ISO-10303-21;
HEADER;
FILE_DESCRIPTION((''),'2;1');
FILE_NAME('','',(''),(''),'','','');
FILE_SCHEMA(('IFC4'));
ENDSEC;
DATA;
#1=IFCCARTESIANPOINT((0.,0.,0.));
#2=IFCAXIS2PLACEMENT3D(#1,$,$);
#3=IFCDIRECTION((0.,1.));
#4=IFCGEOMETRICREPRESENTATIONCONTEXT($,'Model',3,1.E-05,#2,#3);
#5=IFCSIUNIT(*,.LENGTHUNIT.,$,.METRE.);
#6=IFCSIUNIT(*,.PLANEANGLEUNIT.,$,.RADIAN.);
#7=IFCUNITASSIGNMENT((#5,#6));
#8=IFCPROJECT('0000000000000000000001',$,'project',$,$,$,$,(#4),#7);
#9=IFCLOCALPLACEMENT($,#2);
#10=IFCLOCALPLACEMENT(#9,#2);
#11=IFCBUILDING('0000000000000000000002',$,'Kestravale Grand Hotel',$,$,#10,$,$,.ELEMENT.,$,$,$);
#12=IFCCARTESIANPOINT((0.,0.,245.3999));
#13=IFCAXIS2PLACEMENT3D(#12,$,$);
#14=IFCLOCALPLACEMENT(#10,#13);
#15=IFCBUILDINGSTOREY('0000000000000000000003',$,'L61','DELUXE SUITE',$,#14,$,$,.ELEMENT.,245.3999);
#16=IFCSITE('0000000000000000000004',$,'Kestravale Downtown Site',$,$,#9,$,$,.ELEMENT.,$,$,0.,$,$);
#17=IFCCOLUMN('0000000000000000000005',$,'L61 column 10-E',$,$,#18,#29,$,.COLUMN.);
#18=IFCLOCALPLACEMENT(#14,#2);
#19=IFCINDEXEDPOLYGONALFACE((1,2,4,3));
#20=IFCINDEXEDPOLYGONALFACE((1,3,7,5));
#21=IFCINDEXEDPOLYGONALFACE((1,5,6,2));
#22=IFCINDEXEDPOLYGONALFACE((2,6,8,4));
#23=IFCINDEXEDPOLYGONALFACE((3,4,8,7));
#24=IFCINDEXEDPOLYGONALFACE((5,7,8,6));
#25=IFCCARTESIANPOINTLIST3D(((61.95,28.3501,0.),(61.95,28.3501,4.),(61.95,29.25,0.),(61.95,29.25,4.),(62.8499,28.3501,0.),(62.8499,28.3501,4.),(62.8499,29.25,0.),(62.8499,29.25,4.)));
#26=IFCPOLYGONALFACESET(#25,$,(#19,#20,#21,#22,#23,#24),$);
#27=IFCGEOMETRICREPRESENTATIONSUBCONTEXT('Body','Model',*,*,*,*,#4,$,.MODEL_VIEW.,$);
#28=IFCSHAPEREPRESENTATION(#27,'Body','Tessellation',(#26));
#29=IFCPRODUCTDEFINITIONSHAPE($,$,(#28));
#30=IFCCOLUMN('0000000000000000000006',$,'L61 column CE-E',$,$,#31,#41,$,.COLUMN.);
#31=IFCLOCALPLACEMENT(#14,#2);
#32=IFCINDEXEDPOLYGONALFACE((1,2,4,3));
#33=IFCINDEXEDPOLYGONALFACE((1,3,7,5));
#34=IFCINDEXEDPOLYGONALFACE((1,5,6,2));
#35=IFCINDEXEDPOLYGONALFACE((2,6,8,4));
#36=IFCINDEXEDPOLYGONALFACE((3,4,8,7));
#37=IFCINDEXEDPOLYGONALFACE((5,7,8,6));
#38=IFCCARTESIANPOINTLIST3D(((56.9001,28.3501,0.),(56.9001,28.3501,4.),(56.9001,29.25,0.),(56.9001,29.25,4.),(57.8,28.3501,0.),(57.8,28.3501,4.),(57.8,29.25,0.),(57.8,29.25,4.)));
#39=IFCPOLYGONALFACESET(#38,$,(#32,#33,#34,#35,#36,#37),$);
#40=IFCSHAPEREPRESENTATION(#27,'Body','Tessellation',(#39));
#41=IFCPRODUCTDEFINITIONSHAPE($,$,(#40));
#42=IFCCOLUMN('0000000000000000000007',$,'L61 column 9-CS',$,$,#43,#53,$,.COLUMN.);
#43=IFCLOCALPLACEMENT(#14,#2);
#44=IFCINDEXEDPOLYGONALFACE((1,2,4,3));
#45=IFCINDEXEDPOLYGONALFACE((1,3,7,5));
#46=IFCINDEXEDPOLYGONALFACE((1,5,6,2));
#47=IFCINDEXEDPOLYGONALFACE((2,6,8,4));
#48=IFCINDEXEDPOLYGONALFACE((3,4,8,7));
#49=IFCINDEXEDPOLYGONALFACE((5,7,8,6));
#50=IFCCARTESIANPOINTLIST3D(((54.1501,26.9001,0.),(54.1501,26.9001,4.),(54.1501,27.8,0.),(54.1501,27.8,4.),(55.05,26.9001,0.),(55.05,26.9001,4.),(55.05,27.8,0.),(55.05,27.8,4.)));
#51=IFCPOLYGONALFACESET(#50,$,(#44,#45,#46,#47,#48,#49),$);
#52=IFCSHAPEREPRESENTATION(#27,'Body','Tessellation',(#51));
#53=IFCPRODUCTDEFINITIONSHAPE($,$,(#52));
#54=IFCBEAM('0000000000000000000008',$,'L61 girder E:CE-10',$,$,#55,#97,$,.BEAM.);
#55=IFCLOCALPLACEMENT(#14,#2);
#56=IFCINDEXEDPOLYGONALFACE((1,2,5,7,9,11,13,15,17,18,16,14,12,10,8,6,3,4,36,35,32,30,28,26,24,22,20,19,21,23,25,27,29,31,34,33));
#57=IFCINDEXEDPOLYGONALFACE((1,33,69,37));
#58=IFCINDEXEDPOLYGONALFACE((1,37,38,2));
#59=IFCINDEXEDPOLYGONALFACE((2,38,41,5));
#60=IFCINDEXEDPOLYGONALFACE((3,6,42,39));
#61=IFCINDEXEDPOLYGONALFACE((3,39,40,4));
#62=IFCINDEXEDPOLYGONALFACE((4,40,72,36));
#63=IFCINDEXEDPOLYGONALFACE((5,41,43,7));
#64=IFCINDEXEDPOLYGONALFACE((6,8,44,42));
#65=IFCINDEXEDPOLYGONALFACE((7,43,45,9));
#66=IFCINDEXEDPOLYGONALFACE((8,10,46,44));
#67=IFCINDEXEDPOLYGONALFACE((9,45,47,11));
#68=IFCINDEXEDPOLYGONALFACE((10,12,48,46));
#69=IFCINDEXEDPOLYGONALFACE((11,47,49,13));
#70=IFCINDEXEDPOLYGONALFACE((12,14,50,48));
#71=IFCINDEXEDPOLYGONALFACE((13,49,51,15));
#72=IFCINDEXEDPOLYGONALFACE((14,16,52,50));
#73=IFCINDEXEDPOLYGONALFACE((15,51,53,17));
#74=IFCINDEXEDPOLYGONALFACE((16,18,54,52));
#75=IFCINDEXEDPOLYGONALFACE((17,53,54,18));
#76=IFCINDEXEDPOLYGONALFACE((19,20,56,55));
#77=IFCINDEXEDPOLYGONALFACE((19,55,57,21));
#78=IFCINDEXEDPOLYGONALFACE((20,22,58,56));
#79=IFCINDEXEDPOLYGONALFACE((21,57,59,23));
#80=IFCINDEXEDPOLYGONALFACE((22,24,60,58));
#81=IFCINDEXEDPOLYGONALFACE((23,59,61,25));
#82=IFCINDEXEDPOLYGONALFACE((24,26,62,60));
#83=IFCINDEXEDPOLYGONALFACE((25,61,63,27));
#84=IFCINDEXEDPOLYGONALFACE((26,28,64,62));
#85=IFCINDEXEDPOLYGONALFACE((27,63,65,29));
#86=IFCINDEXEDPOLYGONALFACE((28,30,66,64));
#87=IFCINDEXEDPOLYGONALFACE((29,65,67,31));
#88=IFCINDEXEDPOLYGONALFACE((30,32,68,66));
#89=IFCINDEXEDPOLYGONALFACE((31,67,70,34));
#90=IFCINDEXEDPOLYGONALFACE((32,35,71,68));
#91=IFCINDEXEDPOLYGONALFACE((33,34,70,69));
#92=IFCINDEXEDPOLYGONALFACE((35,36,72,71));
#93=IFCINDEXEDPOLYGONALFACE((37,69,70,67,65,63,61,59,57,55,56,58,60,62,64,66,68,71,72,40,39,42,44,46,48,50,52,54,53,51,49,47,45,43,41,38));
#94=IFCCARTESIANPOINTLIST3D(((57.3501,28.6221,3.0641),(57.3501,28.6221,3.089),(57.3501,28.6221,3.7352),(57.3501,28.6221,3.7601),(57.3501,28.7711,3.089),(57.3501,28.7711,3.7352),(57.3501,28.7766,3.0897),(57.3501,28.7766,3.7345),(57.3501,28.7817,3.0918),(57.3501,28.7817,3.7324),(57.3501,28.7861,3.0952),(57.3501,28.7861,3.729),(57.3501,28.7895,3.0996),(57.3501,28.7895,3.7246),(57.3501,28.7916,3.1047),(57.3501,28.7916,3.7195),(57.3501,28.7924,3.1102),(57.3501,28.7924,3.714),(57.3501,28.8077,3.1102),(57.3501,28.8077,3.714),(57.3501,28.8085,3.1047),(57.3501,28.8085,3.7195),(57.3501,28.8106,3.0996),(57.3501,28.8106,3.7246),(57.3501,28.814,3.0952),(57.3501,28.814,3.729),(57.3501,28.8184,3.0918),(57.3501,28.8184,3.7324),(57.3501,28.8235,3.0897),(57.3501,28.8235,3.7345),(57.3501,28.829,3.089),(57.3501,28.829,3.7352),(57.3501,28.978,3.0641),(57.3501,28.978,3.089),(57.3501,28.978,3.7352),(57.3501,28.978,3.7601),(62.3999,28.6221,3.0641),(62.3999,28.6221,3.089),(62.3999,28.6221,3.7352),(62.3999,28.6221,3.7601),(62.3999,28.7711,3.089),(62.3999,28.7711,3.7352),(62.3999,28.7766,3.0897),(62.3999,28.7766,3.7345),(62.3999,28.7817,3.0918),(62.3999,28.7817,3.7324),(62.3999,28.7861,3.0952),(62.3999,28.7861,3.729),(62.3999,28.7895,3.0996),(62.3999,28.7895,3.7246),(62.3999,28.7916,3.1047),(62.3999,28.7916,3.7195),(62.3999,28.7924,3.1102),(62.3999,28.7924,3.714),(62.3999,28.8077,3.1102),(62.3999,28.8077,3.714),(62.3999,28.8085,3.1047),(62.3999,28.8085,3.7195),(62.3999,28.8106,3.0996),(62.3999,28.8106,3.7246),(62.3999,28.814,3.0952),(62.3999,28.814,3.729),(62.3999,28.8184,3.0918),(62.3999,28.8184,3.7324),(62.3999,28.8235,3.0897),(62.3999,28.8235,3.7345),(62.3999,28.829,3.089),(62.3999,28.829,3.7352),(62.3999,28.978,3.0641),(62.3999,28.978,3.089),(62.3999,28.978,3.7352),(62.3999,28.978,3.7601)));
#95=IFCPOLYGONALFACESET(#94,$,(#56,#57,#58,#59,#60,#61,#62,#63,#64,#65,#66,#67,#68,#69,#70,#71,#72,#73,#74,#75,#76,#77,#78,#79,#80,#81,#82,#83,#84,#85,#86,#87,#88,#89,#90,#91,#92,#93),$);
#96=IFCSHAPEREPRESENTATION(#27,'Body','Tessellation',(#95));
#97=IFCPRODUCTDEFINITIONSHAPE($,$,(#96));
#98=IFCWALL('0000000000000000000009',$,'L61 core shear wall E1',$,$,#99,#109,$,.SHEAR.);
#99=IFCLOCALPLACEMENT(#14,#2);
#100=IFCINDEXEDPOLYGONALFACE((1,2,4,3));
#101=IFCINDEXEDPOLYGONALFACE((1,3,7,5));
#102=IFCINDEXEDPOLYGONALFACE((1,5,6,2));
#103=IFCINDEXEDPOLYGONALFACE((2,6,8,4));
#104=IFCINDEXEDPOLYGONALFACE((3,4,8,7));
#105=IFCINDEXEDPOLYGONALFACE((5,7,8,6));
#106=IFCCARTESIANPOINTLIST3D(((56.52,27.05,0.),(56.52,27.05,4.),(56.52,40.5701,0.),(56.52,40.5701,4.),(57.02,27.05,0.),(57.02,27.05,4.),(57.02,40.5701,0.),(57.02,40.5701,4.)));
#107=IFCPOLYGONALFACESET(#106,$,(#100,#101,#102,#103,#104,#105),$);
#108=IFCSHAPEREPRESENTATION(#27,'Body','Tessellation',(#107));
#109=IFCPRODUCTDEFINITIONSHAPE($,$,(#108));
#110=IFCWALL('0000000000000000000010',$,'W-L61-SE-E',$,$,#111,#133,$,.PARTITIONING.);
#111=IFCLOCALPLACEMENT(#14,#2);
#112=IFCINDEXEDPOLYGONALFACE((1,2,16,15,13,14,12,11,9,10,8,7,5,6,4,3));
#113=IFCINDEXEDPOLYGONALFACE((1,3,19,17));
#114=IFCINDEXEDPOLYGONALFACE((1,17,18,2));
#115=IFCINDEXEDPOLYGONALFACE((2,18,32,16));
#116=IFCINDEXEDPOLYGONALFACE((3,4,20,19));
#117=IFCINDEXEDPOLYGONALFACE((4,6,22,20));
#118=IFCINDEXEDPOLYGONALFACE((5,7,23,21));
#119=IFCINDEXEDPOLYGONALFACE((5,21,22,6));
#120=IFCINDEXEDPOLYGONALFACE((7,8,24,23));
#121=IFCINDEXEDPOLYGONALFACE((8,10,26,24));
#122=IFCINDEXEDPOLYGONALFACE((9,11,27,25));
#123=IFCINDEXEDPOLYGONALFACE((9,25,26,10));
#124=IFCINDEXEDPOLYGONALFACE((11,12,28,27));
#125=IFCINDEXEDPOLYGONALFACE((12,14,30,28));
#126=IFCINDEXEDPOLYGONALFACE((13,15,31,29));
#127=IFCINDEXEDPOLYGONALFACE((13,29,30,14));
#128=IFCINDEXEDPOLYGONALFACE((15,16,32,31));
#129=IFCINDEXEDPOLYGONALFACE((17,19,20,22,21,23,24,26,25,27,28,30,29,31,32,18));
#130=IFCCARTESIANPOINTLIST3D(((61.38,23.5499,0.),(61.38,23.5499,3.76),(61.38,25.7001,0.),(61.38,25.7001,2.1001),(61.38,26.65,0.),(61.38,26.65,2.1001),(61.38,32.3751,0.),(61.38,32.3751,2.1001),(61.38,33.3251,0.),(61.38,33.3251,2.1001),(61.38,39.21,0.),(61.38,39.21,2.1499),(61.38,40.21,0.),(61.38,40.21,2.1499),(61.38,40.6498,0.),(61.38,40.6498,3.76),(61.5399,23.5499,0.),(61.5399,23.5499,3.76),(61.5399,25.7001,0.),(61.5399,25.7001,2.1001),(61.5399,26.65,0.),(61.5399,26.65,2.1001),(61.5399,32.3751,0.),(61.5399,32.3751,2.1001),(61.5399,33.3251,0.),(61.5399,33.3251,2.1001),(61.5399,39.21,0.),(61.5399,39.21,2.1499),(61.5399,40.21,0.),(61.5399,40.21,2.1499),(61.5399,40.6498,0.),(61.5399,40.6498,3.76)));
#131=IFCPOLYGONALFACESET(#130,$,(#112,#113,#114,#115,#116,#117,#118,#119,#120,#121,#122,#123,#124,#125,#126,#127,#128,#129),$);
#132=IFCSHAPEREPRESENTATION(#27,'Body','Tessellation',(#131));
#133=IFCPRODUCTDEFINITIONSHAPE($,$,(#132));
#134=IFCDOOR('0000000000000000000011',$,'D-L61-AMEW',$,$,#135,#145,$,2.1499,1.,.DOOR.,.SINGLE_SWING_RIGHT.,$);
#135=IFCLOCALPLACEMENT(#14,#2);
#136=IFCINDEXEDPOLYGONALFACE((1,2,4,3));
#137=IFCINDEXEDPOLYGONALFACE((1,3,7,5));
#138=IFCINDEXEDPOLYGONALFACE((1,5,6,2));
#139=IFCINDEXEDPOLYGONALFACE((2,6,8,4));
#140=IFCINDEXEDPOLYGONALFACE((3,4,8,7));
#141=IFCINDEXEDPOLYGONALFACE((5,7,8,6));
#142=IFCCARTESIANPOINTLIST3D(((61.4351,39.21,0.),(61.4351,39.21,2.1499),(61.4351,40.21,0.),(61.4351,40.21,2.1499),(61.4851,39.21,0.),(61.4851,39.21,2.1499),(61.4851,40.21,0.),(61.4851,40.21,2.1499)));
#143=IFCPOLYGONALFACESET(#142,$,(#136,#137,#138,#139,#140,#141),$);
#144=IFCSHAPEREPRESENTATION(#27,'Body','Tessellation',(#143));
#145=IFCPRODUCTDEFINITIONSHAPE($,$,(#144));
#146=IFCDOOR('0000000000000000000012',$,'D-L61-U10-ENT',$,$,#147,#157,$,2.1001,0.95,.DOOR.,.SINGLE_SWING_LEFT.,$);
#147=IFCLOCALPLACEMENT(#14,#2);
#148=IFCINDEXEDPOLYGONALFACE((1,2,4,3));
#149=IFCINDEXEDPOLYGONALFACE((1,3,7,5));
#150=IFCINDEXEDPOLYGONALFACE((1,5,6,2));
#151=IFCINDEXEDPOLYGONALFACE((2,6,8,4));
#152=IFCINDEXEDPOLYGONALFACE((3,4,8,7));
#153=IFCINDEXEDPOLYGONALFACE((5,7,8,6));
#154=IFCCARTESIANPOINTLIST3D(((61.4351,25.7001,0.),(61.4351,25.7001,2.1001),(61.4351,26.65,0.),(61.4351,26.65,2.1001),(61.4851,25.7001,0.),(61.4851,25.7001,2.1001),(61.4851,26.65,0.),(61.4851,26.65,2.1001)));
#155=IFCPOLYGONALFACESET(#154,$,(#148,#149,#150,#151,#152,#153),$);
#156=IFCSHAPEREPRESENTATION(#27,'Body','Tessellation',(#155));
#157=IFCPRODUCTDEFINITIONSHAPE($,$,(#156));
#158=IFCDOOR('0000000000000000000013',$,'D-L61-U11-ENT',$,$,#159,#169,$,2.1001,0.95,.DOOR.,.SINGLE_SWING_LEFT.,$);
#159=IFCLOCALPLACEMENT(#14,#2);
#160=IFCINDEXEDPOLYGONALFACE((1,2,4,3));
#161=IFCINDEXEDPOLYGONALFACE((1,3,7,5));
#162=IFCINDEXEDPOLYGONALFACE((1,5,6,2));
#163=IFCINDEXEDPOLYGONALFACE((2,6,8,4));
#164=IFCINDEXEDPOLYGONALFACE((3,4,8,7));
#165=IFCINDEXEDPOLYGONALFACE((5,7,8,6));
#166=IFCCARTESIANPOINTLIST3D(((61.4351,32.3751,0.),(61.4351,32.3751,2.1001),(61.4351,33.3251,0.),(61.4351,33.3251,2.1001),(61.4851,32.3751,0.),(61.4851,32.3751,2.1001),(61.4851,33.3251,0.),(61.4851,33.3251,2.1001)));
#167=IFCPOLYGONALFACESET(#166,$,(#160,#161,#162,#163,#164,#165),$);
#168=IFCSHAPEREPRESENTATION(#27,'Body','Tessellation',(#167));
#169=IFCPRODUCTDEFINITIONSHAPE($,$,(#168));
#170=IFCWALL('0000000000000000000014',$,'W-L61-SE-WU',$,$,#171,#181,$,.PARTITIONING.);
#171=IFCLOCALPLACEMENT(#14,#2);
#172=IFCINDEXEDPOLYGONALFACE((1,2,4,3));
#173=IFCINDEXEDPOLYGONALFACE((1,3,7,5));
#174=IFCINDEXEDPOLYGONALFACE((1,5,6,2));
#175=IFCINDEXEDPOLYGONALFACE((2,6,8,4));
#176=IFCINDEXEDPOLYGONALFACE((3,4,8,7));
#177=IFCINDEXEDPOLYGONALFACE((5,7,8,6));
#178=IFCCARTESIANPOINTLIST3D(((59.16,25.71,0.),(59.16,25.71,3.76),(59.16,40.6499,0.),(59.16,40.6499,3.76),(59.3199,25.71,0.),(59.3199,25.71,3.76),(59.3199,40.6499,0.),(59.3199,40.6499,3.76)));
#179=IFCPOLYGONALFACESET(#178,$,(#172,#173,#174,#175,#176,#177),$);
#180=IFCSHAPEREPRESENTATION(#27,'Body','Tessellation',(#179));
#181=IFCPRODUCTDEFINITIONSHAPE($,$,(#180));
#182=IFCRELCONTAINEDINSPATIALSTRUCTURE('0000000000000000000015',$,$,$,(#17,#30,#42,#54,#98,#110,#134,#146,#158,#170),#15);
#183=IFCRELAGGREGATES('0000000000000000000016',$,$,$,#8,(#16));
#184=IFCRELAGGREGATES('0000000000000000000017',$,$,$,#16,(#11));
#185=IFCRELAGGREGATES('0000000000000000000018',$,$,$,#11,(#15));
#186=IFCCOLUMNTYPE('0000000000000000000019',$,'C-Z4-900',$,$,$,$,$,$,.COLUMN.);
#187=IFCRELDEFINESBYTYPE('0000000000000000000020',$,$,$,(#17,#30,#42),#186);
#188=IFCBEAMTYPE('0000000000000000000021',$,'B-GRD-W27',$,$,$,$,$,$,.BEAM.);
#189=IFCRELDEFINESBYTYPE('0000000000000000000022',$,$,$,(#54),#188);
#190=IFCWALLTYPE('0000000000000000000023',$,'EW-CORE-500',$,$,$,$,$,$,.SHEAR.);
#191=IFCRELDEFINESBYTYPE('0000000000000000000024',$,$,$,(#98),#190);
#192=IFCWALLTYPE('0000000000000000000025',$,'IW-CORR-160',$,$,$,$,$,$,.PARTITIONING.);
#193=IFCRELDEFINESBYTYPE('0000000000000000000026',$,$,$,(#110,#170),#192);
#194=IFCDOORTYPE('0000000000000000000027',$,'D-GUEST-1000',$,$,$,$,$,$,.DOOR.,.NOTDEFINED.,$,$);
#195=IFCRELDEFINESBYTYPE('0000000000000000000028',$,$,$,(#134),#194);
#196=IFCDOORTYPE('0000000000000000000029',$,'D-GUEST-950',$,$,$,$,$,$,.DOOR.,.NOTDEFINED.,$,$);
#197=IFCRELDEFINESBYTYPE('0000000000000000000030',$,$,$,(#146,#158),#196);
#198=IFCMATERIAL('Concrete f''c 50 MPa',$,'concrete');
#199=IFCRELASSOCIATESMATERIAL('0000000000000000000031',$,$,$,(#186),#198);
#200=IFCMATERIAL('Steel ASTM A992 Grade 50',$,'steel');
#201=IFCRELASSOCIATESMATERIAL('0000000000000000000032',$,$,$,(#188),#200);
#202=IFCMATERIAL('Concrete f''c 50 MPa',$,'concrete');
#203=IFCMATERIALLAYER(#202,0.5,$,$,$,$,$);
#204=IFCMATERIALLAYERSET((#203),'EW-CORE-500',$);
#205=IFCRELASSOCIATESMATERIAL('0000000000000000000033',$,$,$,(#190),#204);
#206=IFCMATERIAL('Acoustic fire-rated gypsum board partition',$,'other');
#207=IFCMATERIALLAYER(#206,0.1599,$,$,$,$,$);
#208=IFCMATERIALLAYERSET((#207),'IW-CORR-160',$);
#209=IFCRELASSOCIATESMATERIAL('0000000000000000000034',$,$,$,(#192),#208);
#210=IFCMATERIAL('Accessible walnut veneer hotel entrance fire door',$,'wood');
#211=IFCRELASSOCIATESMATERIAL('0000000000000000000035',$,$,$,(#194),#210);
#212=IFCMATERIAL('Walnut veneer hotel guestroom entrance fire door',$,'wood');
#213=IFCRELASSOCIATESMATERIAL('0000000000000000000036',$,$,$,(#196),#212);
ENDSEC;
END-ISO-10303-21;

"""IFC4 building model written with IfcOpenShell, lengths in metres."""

from ifc_helpers import new_model, si_unit, direction, frame, frame_2d, origin, origin_2d, place, context, subcontext, project, spatial, rectangle, i_section, extrude, material, layer, layer_set, material_profile, profile_set, type_object, element, fill, save


model = new_model("IFC4")

# Units and contexts
model_context = context("Model", 3, precision=1e-05, world=origin(), true_north=direction((0.0, 1.0)))
body_context = subcontext(model_context, "Body", "Model", "MODEL_VIEW")
ifc_project = project(units=[si_unit("LENGTHUNIT", "METRE"), si_unit("PLANEANGLEUNIT", "RADIAN")], contexts=[model_context])

# Site, building, storey
site_placement = place(None, origin())
site = spatial("IfcSite", under=ifc_project, at=site_placement, Name="Kestravale Downtown Site", CompositionType="ELEMENT", RefElevation=0.0)
building_placement = place(site_placement, origin())
building = spatial("IfcBuilding", under=site, at=building_placement, Name="Kestravale Grand Hotel", CompositionType="ELEMENT")
storey_placement = place(building_placement, frame((0.0, 0.0, 245.3999)))
storey = spatial("IfcBuildingStorey", under=building, at=storey_placement, Name="L61", Description="DELUXE SUITE", CompositionType="ELEMENT", Elevation=245.3999)

# Columns
ifc_material_1 = material(Name="Concrete f'c 50 MPa", Category="concrete")
ifc_material_profile_1 = material_profile(ifc_material_1, rectangle(XDim=0.8999, YDim=0.8999, at=origin_2d()))
ifc_profile_set_1 = profile_set([ifc_material_profile_1], Name="Concrete f'c 50 MPa")
column_type = type_object("IfcColumnType", Name="C-Z4-900", PredefinedType="COLUMN", material=ifc_profile_set_1)
for number, where, z_axis, x_axis, name in (
    (1, (62.3999, 28.8, 0.0), (0.0, 0.0, 1.0), (1.0, 0.0, 0.0), "L61 column 10-E"),
    (2, (57.3501, 28.8, 0.0), (0.0, 0.0, 1.0), (1.0, 0.0, 0.0), "L61 column CE-E"),
    (3, (54.6001, 27.3501, 0.0), (0.0, 0.0, 1.0), (1.0, 0.0, 0.0), "L61 column 9-CS"),
):
    element("IfcColumn", number, at=place(storey_placement, frame(where, z_axis=z_axis, x_axis=x_axis)), inside=storey, type_object=column_type, Name=name, PredefinedType="COLUMN", context=body_context, shape_type="SweptSolid", body=[
        extrude(rectangle(XDim=0.8999, YDim=0.8999, at=origin_2d()), origin(), (0.0, 0.0, 1.0), 4.0),
    ])

# Beam
ifc_material_2 = material(Name="Steel ASTM A992 Grade 50", Category="steel")
ifc_material_profile_2 = material_profile(ifc_material_2, i_section(OverallWidth=0.356, OverallDepth=0.696, WebThickness=0.0154, FlangeThickness=0.0249, FilletRadius=0.0212, at=origin_2d()))
ifc_profile_set_2 = profile_set([ifc_material_profile_2], Name="Steel ASTM A992 Grade 50")
beam_type = type_object("IfcBeamType", Name="B-GRD-W27", PredefinedType="BEAM", material=ifc_profile_set_2)
beam_placement = place(storey_placement, frame((57.3501, 28.8, 3.4121), z_axis=(1.0, 0.0, 0.0), x_axis=(0.0, 1.0, 0.0)))
element("IfcBeam", 4, at=beam_placement, inside=storey, type_object=beam_type, Name="L61 girder E:CE-10", PredefinedType="BEAM", context=body_context, shape_type="SweptSolid", body=[
    extrude(i_section(OverallWidth=0.356, OverallDepth=0.696, WebThickness=0.0154, FlangeThickness=0.0249, FilletRadius=0.0212, at=origin_2d()), origin(), (0.0, 0.0, 1.0), 5.0498),
])

# Wall
ifc_material_3 = material(Name="Concrete f'c 50 MPa", Category="concrete")
ifc_layer_1 = layer(ifc_material_3, 0.5)
ifc_layer_set_1 = layer_set([ifc_layer_1], Name="EW-CORE-500")
wall_type_1 = type_object("IfcWallType", Name="EW-CORE-500", PredefinedType="SHEAR", material=ifc_layer_set_1)
wall_1_placement = place(storey_placement, frame((56.77, 27.05, 0.0), z_axis=(0.0, 0.0, 1.0), x_axis=(0.0, 1.0, 0.0)))
element("IfcWall", 5, at=wall_1_placement, inside=storey, type_object=wall_type_1, Name="L61 core shear wall E1", PredefinedType="SHEAR", context=body_context, shape_type="SweptSolid", body=[
    extrude(rectangle(XDim=13.52, YDim=0.5, at=frame_2d((6.76, 0.0))), origin(), (0.0, 0.0, 1.0), 4.0),
])

# Wall, openings, doors
ifc_material_4 = material(Name="Acoustic fire-rated gypsum board partition", Category="other")
ifc_layer_2 = layer(ifc_material_4, 0.1599)
ifc_layer_set_2 = layer_set([ifc_layer_2], Name="IW-CORR-160")
wall_type_2 = type_object("IfcWallType", Name="IW-CORR-160", PredefinedType="PARTITIONING", material=ifc_layer_set_2)
wall_2_placement = place(storey_placement, frame((61.46, 23.55, 0.0), z_axis=(0.0, 0.0, 1.0), x_axis=(0.0, 1.0, 0.0)))
wall_2 = element("IfcWall", 6, at=wall_2_placement, inside=storey, type_object=wall_type_2, Name="W-L61-SE-E", PredefinedType="PARTITIONING", context=body_context, shape_type="SweptSolid", body=[
    extrude(rectangle(XDim=17.0999, YDim=0.1599, at=frame_2d((8.5498, 0.0))), origin(), (0.0, 0.0, 1.0), 3.76),
])
opening_1_placement = place(wall_2_placement, frame((2.1499, 0.0, 0.0)))
opening_1 = element("IfcOpeningElement", 7, at=opening_1_placement, cuts=wall_2, PredefinedType="OPENING", context=body_context, shape_type="SweptSolid", body=[
    extrude(rectangle(XDim=0.95, YDim=2.1001, at=frame_2d((0.4751, 1.05))), frame((0.0, 0.0898, 0.0), z_axis=(0.0, -1.0, 0.0), x_axis=(1.0, 0.0, 0.0)), (0.0, 0.0, 1.0), 0.1799),
])
opening_2_placement = place(wall_2_placement, frame((8.825, 0.0, 0.0)))
opening_2 = element("IfcOpeningElement", 8, at=opening_2_placement, cuts=wall_2, PredefinedType="OPENING", context=body_context, shape_type="SweptSolid", body=[
    extrude(rectangle(XDim=0.95, YDim=2.1001, at=frame_2d((0.4751, 1.05))), frame((0.0, 0.0898, 0.0), z_axis=(0.0, -1.0, 0.0), x_axis=(1.0, 0.0, 0.0)), (0.0, 0.0, 1.0), 0.1799),
])
opening_3_placement = place(wall_2_placement, frame((15.6599, 0.0, 0.0)))
opening_3 = element("IfcOpeningElement", 9, at=opening_3_placement, cuts=wall_2, PredefinedType="OPENING", context=body_context, shape_type="SweptSolid", body=[
    extrude(rectangle(XDim=1.0, YDim=2.1499, at=frame_2d((0.5, 1.075))), frame((0.0, 0.0898, 0.0), z_axis=(0.0, -1.0, 0.0), x_axis=(1.0, 0.0, 0.0)), (0.0, 0.0, 1.0), 0.1799),
])
ifc_material_5 = material(Name="Accessible walnut veneer hotel entrance fire door", Category="wood")
door_type_1 = type_object("IfcDoorType", Name="D-GUEST-1000", OperationType="NOTDEFINED", PredefinedType="DOOR", material=ifc_material_5)
door_1_placement = place(opening_3_placement, origin())
door_1 = element("IfcDoor", 10, at=door_1_placement, inside=storey, type_object=door_type_1, Name="D-L61-AMEW", OperationType="SINGLE_SWING_RIGHT", OverallHeight=2.1499, OverallWidth=1.0, PredefinedType="DOOR", context=body_context, shape_type="SweptSolid", body=[
    extrude(rectangle(XDim=1.0, YDim=2.1499, at=frame_2d((0.5, 1.075))), frame((0.0, 0.0249, 0.0), z_axis=(0.0, -1.0, 0.0), x_axis=(1.0, 0.0, 0.0)), (0.0, 0.0, 1.0), 0.05),
])
fill(opening_3, door_1)
ifc_material_6 = material(Name="Walnut veneer hotel guestroom entrance fire door", Category="wood")
door_type_2 = type_object("IfcDoorType", Name="D-GUEST-950", OperationType="NOTDEFINED", PredefinedType="DOOR", material=ifc_material_6)
door_2_placement = place(opening_1_placement, origin())
door_2 = element("IfcDoor", 11, at=door_2_placement, inside=storey, type_object=door_type_2, Name="D-L61-U10-ENT", OperationType="SINGLE_SWING_LEFT", OverallHeight=2.1001, OverallWidth=0.95, PredefinedType="DOOR", context=body_context, shape_type="SweptSolid", body=[
    extrude(rectangle(XDim=0.95, YDim=2.1001, at=frame_2d((0.4751, 1.05))), frame((0.0, 0.0249, 0.0), z_axis=(0.0, -1.0, 0.0), x_axis=(1.0, 0.0, 0.0)), (0.0, 0.0, 1.0), 0.05),
])
fill(opening_1, door_2)
door_3_placement = place(opening_2_placement, origin())
door_3 = element("IfcDoor", 12, at=door_3_placement, inside=storey, type_object=door_type_2, Name="D-L61-U11-ENT", OperationType="SINGLE_SWING_LEFT", OverallHeight=2.1001, OverallWidth=0.95, PredefinedType="DOOR", context=body_context, shape_type="SweptSolid", body=[
    extrude(rectangle(XDim=0.95, YDim=2.1001, at=frame_2d((0.4751, 1.05))), frame((0.0, 0.0249, 0.0), z_axis=(0.0, -1.0, 0.0), x_axis=(1.0, 0.0, 0.0)), (0.0, 0.0, 1.0), 0.05),
])
fill(opening_2, door_3)

# Wall
wall_3_placement = place(storey_placement, frame((59.24, 25.71, 0.0), z_axis=(0.0, 0.0, 1.0), x_axis=(0.0, 1.0, 0.0)))
element("IfcWall", 13, at=wall_3_placement, inside=storey, type_object=wall_type_2, Name="W-L61-SE-WU", PredefinedType="PARTITIONING", context=body_context, shape_type="SweptSolid", body=[
    extrude(rectangle(XDim=14.9399, YDim=0.1599, at=frame_2d((7.47, 0.0))), origin(), (0.0, 0.0, 1.0), 3.76),
])

save(model, "model.ifc")
